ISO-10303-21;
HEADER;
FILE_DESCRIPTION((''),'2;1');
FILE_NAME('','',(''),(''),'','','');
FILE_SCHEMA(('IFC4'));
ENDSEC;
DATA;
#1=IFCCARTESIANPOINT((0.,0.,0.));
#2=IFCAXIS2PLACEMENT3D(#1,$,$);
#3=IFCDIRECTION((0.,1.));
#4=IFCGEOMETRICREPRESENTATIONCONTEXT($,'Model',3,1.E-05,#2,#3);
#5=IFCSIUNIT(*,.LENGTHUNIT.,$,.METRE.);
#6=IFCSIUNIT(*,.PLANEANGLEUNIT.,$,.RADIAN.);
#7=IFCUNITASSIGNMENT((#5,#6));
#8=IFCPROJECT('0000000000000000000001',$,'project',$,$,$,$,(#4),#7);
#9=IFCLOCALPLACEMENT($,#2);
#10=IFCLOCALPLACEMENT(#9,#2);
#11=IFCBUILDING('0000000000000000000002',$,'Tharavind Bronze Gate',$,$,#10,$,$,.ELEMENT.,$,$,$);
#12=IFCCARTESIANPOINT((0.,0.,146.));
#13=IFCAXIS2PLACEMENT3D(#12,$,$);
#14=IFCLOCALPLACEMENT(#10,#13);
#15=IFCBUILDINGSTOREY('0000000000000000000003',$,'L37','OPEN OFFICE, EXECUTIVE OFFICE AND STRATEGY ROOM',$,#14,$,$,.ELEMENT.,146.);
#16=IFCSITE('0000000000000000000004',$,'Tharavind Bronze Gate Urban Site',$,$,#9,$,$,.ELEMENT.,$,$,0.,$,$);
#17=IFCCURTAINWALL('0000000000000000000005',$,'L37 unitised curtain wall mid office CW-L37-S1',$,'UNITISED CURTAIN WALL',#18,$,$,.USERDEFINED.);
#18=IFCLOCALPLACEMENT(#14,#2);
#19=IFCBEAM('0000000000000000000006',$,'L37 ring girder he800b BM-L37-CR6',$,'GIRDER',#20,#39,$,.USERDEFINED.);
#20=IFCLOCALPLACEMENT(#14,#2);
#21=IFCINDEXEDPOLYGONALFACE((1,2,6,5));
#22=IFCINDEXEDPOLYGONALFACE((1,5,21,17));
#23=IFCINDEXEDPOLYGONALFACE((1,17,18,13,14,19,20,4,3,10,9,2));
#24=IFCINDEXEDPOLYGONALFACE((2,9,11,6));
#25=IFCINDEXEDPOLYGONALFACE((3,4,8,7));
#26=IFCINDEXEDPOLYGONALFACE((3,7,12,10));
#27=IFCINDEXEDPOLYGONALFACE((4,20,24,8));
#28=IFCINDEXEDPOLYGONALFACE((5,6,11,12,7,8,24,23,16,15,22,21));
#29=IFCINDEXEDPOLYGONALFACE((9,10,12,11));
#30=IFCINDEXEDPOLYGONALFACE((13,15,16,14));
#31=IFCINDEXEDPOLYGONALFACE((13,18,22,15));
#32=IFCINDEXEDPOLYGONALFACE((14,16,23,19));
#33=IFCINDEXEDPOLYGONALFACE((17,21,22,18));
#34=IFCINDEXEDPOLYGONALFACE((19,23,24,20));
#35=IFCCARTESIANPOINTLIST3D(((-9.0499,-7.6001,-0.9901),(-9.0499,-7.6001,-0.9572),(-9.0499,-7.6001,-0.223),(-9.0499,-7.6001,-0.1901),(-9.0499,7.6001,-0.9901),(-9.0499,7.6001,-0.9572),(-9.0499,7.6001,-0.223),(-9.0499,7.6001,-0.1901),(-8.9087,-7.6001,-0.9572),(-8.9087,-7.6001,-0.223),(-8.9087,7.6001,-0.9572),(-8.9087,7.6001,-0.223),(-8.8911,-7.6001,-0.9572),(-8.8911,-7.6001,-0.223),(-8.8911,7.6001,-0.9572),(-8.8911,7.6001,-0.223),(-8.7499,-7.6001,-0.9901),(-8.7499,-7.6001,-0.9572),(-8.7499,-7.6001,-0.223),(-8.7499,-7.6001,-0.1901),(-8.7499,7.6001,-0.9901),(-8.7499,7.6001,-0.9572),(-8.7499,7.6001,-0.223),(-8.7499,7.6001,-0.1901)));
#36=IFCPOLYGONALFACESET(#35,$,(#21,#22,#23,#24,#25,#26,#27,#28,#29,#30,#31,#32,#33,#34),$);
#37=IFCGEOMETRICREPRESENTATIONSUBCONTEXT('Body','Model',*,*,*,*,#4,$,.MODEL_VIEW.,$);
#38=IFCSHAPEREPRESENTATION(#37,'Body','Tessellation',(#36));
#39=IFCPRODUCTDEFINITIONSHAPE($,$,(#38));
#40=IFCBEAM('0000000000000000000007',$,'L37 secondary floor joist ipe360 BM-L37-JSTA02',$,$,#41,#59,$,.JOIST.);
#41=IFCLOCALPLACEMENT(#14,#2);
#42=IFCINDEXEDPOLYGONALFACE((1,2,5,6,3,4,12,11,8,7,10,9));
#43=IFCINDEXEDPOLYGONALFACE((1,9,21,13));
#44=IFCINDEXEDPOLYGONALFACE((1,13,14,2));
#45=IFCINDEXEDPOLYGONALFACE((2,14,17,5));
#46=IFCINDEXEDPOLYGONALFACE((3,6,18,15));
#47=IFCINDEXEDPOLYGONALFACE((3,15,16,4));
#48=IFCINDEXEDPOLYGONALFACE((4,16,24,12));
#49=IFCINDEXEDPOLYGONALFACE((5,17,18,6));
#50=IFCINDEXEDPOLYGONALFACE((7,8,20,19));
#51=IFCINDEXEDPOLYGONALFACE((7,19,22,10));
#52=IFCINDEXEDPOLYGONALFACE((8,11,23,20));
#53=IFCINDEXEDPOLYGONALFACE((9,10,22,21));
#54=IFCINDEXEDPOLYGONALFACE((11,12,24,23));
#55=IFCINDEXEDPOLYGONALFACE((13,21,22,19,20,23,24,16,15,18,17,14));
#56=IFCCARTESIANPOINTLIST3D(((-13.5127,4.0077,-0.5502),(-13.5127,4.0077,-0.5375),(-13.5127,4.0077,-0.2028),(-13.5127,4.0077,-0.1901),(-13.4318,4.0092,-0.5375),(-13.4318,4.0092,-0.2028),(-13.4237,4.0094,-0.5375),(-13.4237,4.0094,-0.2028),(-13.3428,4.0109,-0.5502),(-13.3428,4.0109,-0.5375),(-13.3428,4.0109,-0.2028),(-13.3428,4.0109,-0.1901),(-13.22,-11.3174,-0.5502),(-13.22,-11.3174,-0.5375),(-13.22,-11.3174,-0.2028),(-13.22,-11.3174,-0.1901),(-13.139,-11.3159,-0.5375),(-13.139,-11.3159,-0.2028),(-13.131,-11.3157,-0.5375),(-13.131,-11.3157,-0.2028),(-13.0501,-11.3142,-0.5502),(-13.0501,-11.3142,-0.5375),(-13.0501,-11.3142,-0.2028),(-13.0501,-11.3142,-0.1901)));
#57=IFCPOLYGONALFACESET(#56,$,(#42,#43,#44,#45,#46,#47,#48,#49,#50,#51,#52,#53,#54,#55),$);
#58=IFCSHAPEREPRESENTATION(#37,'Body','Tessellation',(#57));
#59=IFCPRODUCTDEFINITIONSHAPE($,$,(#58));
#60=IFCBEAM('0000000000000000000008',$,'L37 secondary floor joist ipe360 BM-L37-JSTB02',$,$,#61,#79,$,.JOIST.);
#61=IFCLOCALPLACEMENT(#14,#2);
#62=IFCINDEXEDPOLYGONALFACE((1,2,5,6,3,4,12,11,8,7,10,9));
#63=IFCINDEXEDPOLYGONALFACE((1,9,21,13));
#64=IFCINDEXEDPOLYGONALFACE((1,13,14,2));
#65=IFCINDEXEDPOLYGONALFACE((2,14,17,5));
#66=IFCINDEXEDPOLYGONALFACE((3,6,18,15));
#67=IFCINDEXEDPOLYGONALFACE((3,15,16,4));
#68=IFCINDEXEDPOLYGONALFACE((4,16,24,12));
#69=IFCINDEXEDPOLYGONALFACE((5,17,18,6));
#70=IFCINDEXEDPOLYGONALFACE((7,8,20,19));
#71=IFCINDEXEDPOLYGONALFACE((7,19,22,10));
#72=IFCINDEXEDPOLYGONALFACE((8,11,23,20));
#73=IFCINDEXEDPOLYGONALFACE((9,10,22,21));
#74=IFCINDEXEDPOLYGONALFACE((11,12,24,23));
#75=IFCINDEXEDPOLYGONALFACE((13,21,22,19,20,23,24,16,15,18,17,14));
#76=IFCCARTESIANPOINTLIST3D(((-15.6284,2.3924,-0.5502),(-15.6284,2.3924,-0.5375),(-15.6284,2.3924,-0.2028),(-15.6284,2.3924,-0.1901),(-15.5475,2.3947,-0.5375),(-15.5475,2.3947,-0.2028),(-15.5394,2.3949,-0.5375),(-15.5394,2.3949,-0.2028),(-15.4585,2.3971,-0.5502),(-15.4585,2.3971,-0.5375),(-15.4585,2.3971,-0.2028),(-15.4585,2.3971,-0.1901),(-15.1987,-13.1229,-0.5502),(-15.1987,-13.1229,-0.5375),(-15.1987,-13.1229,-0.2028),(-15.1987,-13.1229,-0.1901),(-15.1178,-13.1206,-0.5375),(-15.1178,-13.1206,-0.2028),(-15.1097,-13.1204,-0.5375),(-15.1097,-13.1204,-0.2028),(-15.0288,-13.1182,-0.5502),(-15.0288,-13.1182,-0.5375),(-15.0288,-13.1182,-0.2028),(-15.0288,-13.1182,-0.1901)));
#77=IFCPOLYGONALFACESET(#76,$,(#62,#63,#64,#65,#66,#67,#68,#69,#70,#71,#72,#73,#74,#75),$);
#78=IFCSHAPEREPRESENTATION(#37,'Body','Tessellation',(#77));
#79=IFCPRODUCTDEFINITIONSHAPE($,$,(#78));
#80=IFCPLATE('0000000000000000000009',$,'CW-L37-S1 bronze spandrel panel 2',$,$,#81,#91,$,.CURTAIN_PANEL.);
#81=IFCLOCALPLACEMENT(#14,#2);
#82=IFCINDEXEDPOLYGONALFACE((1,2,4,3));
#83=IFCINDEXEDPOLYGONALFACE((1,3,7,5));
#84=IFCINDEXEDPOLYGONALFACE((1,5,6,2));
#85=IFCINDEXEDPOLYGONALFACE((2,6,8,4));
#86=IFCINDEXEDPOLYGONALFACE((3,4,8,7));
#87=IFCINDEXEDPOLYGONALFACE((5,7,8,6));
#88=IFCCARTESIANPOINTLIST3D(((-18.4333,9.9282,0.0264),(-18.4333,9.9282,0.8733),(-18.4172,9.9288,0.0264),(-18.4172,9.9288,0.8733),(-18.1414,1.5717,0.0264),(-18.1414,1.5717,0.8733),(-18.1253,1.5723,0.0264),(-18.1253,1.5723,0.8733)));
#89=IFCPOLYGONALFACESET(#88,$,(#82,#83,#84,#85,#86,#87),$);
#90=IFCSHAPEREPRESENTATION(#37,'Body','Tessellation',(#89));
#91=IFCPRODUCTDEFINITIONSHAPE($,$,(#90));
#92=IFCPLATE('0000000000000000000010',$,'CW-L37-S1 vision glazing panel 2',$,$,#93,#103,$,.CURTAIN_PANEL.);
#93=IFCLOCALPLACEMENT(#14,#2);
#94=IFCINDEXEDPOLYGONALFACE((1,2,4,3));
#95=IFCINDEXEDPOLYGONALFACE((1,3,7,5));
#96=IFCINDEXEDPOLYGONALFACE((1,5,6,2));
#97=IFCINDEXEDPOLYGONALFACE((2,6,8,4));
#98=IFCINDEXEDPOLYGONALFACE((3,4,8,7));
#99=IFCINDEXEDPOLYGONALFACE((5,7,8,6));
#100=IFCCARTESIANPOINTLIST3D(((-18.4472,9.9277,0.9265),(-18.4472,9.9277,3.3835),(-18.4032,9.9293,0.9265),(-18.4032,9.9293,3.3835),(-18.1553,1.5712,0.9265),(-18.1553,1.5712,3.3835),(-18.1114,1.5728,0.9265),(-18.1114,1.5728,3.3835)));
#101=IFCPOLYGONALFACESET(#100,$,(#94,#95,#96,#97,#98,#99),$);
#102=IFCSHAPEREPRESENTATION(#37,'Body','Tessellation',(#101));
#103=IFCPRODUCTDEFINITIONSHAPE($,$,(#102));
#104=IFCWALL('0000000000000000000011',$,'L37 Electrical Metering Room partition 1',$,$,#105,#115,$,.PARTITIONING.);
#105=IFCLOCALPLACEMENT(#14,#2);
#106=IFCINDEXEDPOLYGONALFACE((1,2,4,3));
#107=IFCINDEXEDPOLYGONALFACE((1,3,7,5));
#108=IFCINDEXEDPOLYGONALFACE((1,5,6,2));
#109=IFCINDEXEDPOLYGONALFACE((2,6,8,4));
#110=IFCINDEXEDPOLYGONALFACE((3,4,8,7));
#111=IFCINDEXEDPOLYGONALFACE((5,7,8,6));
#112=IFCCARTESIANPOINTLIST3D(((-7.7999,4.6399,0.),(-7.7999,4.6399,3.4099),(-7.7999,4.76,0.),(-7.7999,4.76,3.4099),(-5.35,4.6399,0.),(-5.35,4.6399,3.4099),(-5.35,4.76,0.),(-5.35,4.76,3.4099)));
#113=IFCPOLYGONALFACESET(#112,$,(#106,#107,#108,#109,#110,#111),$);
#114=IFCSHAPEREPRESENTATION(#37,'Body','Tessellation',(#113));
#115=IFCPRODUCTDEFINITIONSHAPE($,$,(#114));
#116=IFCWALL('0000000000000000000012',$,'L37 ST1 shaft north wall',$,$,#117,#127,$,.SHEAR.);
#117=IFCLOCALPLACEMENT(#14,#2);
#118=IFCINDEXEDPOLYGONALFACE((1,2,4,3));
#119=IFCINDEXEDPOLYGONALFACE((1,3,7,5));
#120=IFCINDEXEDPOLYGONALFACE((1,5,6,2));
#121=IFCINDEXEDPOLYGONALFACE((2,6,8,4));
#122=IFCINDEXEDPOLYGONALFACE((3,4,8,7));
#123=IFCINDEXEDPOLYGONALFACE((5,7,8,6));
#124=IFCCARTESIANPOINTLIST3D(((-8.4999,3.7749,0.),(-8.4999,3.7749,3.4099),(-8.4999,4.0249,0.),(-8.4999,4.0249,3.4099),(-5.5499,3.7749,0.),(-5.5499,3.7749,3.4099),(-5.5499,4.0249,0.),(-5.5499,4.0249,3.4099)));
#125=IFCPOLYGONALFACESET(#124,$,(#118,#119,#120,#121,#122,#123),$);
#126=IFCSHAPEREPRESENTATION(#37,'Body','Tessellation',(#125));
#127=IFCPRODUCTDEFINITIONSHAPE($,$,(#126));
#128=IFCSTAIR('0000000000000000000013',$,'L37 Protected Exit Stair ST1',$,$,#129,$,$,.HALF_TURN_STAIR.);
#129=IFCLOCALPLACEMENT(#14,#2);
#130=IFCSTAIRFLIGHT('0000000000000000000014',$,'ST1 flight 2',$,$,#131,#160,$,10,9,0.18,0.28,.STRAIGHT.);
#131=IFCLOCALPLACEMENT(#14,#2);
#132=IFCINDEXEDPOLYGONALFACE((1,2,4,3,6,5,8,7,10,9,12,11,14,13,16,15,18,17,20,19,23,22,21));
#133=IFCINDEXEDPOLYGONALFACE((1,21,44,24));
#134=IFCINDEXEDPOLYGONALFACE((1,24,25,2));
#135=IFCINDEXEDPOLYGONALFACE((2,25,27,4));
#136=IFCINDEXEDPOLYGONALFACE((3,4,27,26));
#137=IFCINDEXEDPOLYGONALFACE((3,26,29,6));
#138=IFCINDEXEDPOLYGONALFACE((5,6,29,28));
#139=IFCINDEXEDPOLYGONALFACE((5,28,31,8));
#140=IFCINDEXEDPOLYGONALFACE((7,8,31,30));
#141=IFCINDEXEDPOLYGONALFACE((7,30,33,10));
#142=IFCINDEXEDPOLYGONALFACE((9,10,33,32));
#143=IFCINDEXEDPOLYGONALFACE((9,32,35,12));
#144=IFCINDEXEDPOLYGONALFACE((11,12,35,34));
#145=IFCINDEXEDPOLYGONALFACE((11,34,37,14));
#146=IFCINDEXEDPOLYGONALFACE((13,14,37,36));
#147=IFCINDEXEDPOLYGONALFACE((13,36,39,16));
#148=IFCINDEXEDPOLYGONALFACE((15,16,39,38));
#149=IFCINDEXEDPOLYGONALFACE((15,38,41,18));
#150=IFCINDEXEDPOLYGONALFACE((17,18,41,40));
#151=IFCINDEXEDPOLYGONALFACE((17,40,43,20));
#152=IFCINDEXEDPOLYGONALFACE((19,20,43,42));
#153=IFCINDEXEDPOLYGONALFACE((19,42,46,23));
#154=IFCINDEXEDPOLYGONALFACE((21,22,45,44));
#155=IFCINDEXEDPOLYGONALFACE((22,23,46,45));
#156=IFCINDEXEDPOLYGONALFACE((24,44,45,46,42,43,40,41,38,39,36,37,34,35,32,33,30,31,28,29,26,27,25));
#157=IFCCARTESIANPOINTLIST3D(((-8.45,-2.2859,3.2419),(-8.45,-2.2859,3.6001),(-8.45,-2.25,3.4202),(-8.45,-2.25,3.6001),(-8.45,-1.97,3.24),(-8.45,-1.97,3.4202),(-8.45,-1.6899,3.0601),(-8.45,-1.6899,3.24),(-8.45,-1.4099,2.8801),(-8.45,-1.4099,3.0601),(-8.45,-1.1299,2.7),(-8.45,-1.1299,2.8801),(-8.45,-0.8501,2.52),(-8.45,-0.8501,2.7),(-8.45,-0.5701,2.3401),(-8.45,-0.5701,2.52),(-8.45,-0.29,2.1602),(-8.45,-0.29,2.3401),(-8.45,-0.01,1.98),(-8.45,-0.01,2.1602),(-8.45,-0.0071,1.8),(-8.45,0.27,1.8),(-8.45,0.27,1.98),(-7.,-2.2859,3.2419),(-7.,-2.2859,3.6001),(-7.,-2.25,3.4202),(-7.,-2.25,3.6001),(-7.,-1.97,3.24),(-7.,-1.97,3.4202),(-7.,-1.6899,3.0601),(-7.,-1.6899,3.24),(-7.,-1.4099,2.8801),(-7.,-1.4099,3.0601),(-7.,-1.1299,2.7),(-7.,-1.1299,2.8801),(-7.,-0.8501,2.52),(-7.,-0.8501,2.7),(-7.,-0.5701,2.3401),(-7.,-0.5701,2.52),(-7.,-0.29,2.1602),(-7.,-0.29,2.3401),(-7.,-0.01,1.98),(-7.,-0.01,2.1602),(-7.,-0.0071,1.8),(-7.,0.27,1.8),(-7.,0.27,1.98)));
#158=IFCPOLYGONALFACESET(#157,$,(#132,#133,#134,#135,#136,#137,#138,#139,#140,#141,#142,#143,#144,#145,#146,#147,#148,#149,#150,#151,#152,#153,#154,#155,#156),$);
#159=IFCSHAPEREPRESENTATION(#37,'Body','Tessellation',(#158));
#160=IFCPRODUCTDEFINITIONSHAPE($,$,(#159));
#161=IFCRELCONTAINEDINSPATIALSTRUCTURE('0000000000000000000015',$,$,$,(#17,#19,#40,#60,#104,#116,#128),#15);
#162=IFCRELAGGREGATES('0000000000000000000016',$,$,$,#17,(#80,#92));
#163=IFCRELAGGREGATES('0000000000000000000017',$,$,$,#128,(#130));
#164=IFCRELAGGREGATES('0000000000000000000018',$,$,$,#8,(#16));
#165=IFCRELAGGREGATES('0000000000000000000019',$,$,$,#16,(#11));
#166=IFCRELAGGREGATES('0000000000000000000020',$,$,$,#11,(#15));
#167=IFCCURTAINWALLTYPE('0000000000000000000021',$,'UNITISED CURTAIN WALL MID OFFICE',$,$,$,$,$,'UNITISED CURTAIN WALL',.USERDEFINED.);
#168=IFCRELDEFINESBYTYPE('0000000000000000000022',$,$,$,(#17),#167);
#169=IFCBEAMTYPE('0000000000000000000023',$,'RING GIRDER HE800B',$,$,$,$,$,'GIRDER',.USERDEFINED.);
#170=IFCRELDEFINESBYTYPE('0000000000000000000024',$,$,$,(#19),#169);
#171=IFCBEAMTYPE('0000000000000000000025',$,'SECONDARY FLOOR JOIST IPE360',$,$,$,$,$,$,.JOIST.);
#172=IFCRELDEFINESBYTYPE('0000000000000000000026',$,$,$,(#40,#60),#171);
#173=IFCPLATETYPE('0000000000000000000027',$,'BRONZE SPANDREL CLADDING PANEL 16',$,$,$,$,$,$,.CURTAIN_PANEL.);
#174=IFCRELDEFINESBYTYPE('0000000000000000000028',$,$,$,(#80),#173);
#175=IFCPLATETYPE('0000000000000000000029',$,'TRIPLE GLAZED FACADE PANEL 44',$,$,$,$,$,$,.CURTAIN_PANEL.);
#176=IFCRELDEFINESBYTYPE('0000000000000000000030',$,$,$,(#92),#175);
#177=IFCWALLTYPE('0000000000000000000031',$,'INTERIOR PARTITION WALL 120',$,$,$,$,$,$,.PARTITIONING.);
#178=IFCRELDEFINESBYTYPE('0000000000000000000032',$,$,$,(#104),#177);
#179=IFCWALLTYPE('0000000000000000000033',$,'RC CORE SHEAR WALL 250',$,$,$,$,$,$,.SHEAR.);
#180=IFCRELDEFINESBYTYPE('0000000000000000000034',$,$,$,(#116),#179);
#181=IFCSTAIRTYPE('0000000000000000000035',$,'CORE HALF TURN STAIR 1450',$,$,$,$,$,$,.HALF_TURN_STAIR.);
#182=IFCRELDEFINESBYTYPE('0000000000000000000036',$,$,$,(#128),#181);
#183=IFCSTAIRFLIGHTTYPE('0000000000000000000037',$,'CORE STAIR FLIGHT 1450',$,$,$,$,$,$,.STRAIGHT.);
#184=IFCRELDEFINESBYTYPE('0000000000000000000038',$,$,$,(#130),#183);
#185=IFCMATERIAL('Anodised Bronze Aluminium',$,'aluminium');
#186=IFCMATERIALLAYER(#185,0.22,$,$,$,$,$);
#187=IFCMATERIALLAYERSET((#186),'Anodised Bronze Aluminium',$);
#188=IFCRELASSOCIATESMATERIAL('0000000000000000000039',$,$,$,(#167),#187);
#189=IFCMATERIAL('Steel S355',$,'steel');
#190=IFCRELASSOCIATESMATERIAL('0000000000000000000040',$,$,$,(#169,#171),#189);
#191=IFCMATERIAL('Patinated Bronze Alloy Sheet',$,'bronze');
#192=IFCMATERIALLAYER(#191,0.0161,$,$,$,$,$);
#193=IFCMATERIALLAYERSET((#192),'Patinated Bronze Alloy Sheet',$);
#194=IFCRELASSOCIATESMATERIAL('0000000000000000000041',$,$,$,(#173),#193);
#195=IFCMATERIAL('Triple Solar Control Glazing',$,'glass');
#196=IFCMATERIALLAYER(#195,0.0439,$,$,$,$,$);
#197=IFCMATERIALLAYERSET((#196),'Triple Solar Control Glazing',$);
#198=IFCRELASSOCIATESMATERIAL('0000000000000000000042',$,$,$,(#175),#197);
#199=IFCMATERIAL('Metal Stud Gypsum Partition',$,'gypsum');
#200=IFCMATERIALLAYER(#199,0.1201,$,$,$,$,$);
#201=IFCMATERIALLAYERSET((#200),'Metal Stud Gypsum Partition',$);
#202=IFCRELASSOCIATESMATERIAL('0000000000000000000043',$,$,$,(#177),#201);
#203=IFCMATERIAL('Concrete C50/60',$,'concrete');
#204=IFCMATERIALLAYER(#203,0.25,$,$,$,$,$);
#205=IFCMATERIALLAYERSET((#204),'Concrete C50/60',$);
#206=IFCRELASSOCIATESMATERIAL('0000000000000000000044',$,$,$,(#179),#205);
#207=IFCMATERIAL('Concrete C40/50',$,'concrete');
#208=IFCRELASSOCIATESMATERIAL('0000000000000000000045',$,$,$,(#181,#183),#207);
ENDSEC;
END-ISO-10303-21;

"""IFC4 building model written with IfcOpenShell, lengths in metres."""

from ifc_helpers import new_model, si_unit, direction, frame, frame_2d, origin, origin_2d, place, context, subcontext, project, spatial, polyline, rectangle, i_section, outline, extrude, material, layer, layer_set, material_profile, profile_set, type_object, element, aggregate, save


model = new_model("IFC4")

# Units and contexts
model_context = context("Model", 3, precision=1e-05, world=origin(), true_north=direction((0.0, 1.0)))
body_context = subcontext(model_context, "Body", "Model", "MODEL_VIEW")
ifc_project = project(units=[si_unit("LENGTHUNIT", "METRE"), si_unit("PLANEANGLEUNIT", "RADIAN")], contexts=[model_context])

# Site, building, storey
site_placement = place(None, origin())
site = spatial("IfcSite", under=ifc_project, at=site_placement, Name="Tharavind Bronze Gate Urban Site", CompositionType="ELEMENT", RefElevation=0.0)
building_placement = place(site_placement, origin())
building = spatial("IfcBuilding", under=site, at=building_placement, Name="Tharavind Bronze Gate", CompositionType="ELEMENT")
storey_placement = place(building_placement, frame((0.0, 0.0, 146.0)))
storey = spatial("IfcBuildingStorey", under=building, at=storey_placement, Name="L37", Description="OPEN OFFICE, EXECUTIVE OFFICE AND STRATEGY ROOM", CompositionType="ELEMENT", Elevation=146.0)

# Curtain wall
ifc_material_1 = material(Name="Anodised Bronze Aluminium", Category="aluminium")
ifc_layer_1 = layer(ifc_material_1, 0.22)
ifc_layer_set_1 = layer_set([ifc_layer_1], Name="Anodised Bronze Aluminium")
curtain_wall_type = type_object("IfcCurtainWallType", Name="UNITISED CURTAIN WALL MID OFFICE", ElementType="UNITISED CURTAIN WALL", PredefinedType="USERDEFINED", material=ifc_layer_set_1)
curtain_wall_placement = place(storey_placement, origin())
curtain_wall = element("IfcCurtainWall", 1, at=curtain_wall_placement, inside=storey, type_object=curtain_wall_type, Name="L37 unitised curtain wall mid office CW-L37-S1", ObjectType="UNITISED CURTAIN WALL", PredefinedType="USERDEFINED")

# Beams
ifc_material_2 = material(Name="Steel S355", Category="steel")
ifc_material_profile_1 = material_profile(ifc_material_2, i_section(OverallWidth=0.3, OverallDepth=0.8, WebThickness=0.0176, FlangeThickness=0.033, at=origin_2d()), Name="HE800B")
ifc_profile_set_1 = profile_set([ifc_material_profile_1], Name="Steel S355")
beam_type_1 = type_object("IfcBeamType", Name="RING GIRDER HE800B", ElementType="GIRDER", PredefinedType="USERDEFINED", material=ifc_profile_set_1)
beam_1_placement = place(storey_placement, frame((-8.8999, 7.6001, -0.5901), z_axis=(0.0, -1.0, 0.0), x_axis=(1.0, 0.0, 0.0)))
element("IfcBeam", 2, at=beam_1_placement, inside=storey, type_object=beam_type_1, Name="L37 ring girder he800b BM-L37-CR6", ObjectType="GIRDER", PredefinedType="USERDEFINED", context=body_context, shape_type="SweptSolid", body=[
    extrude(i_section(OverallWidth=0.3, OverallDepth=0.8, WebThickness=0.0176, FlangeThickness=0.033, at=origin_2d()), origin(), (0.0, 0.0, 1.0), 15.2002),
])
ifc_material_profile_2 = material_profile(ifc_material_2, i_section(OverallWidth=0.1699, OverallDepth=0.3601, WebThickness=0.0081, FlangeThickness=0.0127, at=origin_2d()), Name="IPE360")
ifc_profile_set_2 = profile_set([ifc_material_profile_2], Name="Steel S355")
beam_type_2 = type_object("IfcBeamType", Name="SECONDARY FLOOR JOIST IPE360", PredefinedType="JOIST", material=ifc_profile_set_2)
beam_2_placement = place(storey_placement, frame((-13.4277, 4.0093, -0.3701), z_axis=(0.019097, -0.999818, 0.0), x_axis=(0.999818, 0.019097, 0.0)))
element("IfcBeam", 3, at=beam_2_placement, inside=storey, type_object=beam_type_2, Name="L37 secondary floor joist ipe360 BM-L37-JSTA02", PredefinedType="JOIST", context=body_context, shape_type="SweptSolid", body=[
    extrude(i_section(OverallWidth=0.1699, OverallDepth=0.3601, WebThickness=0.0081, FlangeThickness=0.0127, at=origin_2d()), origin(), (0.0, 0.0, 1.0), 15.3279),
])
beam_3_placement = place(storey_placement, frame((-15.5435, 2.3948, -0.3701), z_axis=(0.027684, -0.999617, 0.0), x_axis=(0.999617, 0.027684, 0.0)))
element("IfcBeam", 4, at=beam_3_placement, inside=storey, type_object=beam_type_2, Name="L37 secondary floor joist ipe360 BM-L37-JSTB02", PredefinedType="JOIST", context=body_context, shape_type="SweptSolid", body=[
    extrude(i_section(OverallWidth=0.1699, OverallDepth=0.3601, WebThickness=0.0081, FlangeThickness=0.0127, at=origin_2d()), origin(), (0.0, 0.0, 1.0), 15.5212),
])

# Plates
ifc_material_3 = material(Name="Patinated Bronze Alloy Sheet", Category="bronze")
ifc_layer_2 = layer(ifc_material_3, 0.0161)
ifc_layer_set_2 = layer_set([ifc_layer_2], Name="Patinated Bronze Alloy Sheet")
plate_type_1 = type_object("IfcPlateType", Name="BRONZE SPANDREL CLADDING PANEL 16", PredefinedType="CURTAIN_PANEL", material=ifc_layer_set_2)
plate_1_placement = place(storey_placement, frame((-18.2793, 5.7502, 0.0264), z_axis=(0.0, 0.0, 1.0), x_axis=(0.034899, -0.999391, 0.0)))
plate_1 = element("IfcPlate", 5, at=plate_1_placement, type_object=plate_type_1, Name="CW-L37-S1 bronze spandrel panel 2", PredefinedType="CURTAIN_PANEL", context=body_context, shape_type="SweptSolid", body=[
    extrude(rectangle(XDim=8.3616, YDim=0.0161, at=origin_2d()), origin(), (0.0, 0.0, 1.0), 0.8469),
])
ifc_material_4 = material(Name="Triple Solar Control Glazing", Category="glass")
ifc_layer_3 = layer(ifc_material_4, 0.0439)
ifc_layer_set_3 = layer_set([ifc_layer_3], Name="Triple Solar Control Glazing")
plate_type_2 = type_object("IfcPlateType", Name="TRIPLE GLAZED FACADE PANEL 44", PredefinedType="CURTAIN_PANEL", material=ifc_layer_set_3)
plate_2_placement = place(storey_placement, frame((-18.2793, 5.7502, 0.9265), z_axis=(0.0, 0.0, 1.0), x_axis=(0.034899, -0.999391, 0.0)))
plate_2 = element("IfcPlate", 6, at=plate_2_placement, type_object=plate_type_2, Name="CW-L37-S1 vision glazing panel 2", PredefinedType="CURTAIN_PANEL", context=body_context, shape_type="SweptSolid", body=[
    extrude(rectangle(XDim=8.3616, YDim=0.0439, at=origin_2d()), origin(), (0.0, 0.0, 1.0), 2.457),
])
aggregate(curtain_wall, [plate_1, plate_2])

# Walls
ifc_material_5 = material(Name="Metal Stud Gypsum Partition", Category="gypsum")
ifc_layer_4 = layer(ifc_material_5, 0.1201)
ifc_layer_set_4 = layer_set([ifc_layer_4], Name="Metal Stud Gypsum Partition")
wall_type_1 = type_object("IfcWallType", Name="INTERIOR PARTITION WALL 120", PredefinedType="PARTITIONING", material=ifc_layer_set_4)
wall_1_placement = place(storey_placement, frame((-7.8, 4.7, 0.0), z_axis=(0.0, 0.0, 1.0), x_axis=(1.0, 0.0, 0.0)))
element("IfcWall", 7, at=wall_1_placement, inside=storey, type_object=wall_type_1, Name="L37 Electrical Metering Room partition 1", PredefinedType="PARTITIONING", context=body_context, shape_type="SweptSolid", body=[
    extrude(rectangle(XDim=2.45, YDim=0.1201, at=frame_2d((1.2251, 0.0))), origin(), (0.0, 0.0, 1.0), 3.4099),
])
ifc_material_6 = material(Name="Concrete C50/60", Category="concrete")
ifc_layer_5 = layer(ifc_material_6, 0.25)
ifc_layer_set_5 = layer_set([ifc_layer_5], Name="Concrete C50/60")
wall_type_2 = type_object("IfcWallType", Name="RC CORE SHEAR WALL 250", PredefinedType="SHEAR", material=ifc_layer_set_5)
wall_2_placement = place(storey_placement, frame((-8.5, 3.8999, 0.0), z_axis=(0.0, 0.0, 1.0), x_axis=(1.0, 0.0, 0.0)))
element("IfcWall", 8, at=wall_2_placement, inside=storey, type_object=wall_type_2, Name="L37 ST1 shaft north wall", PredefinedType="SHEAR", context=body_context, shape_type="SweptSolid", body=[
    extrude(rectangle(XDim=2.95, YDim=0.25, at=frame_2d((1.4751, 0.0))), origin(), (0.0, 0.0, 1.0), 3.4099),
])

# Stair, stair flight
ifc_material_7 = material(Name="Concrete C40/50", Category="concrete")
stair_type = type_object("IfcStairType", Name="CORE HALF TURN STAIR 1450", PredefinedType="HALF_TURN_STAIR", material=ifc_material_7)
stair_placement = place(storey_placement, origin())
stair = element("IfcStair", 9, at=stair_placement, inside=storey, type_object=stair_type, Name="L37 Protected Exit Stair ST1", PredefinedType="HALF_TURN_STAIR")
stair_flight_type = type_object("IfcStairFlightType", Name="CORE STAIR FLIGHT 1450", PredefinedType="STRAIGHT", material=ifc_material_7)
stair_flight_placement = place(storey_placement, frame((-7.7251, 0.27, 1.8), z_axis=(0.0, 0.0, 1.0), x_axis=(0.0, -1.0, 0.0)))
stair_flight = element("IfcStairFlight", 10, at=stair_flight_placement, type_object=stair_flight_type, Name="ST1 flight 2", NumberOfRisers=10, NumberOfTreads=9, PredefinedType="STRAIGHT", RiserHeight=0.18, TreadLength=0.28, context=body_context, shape_type="SweptSolid", body=[
    extrude(outline(polyline([(0.0, 0.0), (0.0, 0.1799), (0.28, 0.1799), (0.28, 0.3601), (0.5601, 0.3601), (0.5601, 0.54), (0.8401, 0.54), (0.8401, 0.72), (1.1201, 0.72), (1.1201, 0.8999), (1.3999, 0.8999), (1.3999, 1.0801), (1.6799, 1.0801), (1.6799, 1.26), (1.96, 1.26), (1.96, 1.4399), (2.24, 1.4399), (2.24, 1.6201), (2.52, 1.6201), (2.52, 1.8), (2.5559, 1.8), (2.5559, 1.4419), (0.2771, 0.0), (0.0, 0.0)])), frame((0.0, 0.7251, 0.0), z_axis=(0.0, -1.0, 0.0), x_axis=(1.0, 0.0, 0.0)), (0.0, 0.0, 1.0), 1.45),
])
aggregate(stair, [stair_flight])

save(model, "model.ifc")
